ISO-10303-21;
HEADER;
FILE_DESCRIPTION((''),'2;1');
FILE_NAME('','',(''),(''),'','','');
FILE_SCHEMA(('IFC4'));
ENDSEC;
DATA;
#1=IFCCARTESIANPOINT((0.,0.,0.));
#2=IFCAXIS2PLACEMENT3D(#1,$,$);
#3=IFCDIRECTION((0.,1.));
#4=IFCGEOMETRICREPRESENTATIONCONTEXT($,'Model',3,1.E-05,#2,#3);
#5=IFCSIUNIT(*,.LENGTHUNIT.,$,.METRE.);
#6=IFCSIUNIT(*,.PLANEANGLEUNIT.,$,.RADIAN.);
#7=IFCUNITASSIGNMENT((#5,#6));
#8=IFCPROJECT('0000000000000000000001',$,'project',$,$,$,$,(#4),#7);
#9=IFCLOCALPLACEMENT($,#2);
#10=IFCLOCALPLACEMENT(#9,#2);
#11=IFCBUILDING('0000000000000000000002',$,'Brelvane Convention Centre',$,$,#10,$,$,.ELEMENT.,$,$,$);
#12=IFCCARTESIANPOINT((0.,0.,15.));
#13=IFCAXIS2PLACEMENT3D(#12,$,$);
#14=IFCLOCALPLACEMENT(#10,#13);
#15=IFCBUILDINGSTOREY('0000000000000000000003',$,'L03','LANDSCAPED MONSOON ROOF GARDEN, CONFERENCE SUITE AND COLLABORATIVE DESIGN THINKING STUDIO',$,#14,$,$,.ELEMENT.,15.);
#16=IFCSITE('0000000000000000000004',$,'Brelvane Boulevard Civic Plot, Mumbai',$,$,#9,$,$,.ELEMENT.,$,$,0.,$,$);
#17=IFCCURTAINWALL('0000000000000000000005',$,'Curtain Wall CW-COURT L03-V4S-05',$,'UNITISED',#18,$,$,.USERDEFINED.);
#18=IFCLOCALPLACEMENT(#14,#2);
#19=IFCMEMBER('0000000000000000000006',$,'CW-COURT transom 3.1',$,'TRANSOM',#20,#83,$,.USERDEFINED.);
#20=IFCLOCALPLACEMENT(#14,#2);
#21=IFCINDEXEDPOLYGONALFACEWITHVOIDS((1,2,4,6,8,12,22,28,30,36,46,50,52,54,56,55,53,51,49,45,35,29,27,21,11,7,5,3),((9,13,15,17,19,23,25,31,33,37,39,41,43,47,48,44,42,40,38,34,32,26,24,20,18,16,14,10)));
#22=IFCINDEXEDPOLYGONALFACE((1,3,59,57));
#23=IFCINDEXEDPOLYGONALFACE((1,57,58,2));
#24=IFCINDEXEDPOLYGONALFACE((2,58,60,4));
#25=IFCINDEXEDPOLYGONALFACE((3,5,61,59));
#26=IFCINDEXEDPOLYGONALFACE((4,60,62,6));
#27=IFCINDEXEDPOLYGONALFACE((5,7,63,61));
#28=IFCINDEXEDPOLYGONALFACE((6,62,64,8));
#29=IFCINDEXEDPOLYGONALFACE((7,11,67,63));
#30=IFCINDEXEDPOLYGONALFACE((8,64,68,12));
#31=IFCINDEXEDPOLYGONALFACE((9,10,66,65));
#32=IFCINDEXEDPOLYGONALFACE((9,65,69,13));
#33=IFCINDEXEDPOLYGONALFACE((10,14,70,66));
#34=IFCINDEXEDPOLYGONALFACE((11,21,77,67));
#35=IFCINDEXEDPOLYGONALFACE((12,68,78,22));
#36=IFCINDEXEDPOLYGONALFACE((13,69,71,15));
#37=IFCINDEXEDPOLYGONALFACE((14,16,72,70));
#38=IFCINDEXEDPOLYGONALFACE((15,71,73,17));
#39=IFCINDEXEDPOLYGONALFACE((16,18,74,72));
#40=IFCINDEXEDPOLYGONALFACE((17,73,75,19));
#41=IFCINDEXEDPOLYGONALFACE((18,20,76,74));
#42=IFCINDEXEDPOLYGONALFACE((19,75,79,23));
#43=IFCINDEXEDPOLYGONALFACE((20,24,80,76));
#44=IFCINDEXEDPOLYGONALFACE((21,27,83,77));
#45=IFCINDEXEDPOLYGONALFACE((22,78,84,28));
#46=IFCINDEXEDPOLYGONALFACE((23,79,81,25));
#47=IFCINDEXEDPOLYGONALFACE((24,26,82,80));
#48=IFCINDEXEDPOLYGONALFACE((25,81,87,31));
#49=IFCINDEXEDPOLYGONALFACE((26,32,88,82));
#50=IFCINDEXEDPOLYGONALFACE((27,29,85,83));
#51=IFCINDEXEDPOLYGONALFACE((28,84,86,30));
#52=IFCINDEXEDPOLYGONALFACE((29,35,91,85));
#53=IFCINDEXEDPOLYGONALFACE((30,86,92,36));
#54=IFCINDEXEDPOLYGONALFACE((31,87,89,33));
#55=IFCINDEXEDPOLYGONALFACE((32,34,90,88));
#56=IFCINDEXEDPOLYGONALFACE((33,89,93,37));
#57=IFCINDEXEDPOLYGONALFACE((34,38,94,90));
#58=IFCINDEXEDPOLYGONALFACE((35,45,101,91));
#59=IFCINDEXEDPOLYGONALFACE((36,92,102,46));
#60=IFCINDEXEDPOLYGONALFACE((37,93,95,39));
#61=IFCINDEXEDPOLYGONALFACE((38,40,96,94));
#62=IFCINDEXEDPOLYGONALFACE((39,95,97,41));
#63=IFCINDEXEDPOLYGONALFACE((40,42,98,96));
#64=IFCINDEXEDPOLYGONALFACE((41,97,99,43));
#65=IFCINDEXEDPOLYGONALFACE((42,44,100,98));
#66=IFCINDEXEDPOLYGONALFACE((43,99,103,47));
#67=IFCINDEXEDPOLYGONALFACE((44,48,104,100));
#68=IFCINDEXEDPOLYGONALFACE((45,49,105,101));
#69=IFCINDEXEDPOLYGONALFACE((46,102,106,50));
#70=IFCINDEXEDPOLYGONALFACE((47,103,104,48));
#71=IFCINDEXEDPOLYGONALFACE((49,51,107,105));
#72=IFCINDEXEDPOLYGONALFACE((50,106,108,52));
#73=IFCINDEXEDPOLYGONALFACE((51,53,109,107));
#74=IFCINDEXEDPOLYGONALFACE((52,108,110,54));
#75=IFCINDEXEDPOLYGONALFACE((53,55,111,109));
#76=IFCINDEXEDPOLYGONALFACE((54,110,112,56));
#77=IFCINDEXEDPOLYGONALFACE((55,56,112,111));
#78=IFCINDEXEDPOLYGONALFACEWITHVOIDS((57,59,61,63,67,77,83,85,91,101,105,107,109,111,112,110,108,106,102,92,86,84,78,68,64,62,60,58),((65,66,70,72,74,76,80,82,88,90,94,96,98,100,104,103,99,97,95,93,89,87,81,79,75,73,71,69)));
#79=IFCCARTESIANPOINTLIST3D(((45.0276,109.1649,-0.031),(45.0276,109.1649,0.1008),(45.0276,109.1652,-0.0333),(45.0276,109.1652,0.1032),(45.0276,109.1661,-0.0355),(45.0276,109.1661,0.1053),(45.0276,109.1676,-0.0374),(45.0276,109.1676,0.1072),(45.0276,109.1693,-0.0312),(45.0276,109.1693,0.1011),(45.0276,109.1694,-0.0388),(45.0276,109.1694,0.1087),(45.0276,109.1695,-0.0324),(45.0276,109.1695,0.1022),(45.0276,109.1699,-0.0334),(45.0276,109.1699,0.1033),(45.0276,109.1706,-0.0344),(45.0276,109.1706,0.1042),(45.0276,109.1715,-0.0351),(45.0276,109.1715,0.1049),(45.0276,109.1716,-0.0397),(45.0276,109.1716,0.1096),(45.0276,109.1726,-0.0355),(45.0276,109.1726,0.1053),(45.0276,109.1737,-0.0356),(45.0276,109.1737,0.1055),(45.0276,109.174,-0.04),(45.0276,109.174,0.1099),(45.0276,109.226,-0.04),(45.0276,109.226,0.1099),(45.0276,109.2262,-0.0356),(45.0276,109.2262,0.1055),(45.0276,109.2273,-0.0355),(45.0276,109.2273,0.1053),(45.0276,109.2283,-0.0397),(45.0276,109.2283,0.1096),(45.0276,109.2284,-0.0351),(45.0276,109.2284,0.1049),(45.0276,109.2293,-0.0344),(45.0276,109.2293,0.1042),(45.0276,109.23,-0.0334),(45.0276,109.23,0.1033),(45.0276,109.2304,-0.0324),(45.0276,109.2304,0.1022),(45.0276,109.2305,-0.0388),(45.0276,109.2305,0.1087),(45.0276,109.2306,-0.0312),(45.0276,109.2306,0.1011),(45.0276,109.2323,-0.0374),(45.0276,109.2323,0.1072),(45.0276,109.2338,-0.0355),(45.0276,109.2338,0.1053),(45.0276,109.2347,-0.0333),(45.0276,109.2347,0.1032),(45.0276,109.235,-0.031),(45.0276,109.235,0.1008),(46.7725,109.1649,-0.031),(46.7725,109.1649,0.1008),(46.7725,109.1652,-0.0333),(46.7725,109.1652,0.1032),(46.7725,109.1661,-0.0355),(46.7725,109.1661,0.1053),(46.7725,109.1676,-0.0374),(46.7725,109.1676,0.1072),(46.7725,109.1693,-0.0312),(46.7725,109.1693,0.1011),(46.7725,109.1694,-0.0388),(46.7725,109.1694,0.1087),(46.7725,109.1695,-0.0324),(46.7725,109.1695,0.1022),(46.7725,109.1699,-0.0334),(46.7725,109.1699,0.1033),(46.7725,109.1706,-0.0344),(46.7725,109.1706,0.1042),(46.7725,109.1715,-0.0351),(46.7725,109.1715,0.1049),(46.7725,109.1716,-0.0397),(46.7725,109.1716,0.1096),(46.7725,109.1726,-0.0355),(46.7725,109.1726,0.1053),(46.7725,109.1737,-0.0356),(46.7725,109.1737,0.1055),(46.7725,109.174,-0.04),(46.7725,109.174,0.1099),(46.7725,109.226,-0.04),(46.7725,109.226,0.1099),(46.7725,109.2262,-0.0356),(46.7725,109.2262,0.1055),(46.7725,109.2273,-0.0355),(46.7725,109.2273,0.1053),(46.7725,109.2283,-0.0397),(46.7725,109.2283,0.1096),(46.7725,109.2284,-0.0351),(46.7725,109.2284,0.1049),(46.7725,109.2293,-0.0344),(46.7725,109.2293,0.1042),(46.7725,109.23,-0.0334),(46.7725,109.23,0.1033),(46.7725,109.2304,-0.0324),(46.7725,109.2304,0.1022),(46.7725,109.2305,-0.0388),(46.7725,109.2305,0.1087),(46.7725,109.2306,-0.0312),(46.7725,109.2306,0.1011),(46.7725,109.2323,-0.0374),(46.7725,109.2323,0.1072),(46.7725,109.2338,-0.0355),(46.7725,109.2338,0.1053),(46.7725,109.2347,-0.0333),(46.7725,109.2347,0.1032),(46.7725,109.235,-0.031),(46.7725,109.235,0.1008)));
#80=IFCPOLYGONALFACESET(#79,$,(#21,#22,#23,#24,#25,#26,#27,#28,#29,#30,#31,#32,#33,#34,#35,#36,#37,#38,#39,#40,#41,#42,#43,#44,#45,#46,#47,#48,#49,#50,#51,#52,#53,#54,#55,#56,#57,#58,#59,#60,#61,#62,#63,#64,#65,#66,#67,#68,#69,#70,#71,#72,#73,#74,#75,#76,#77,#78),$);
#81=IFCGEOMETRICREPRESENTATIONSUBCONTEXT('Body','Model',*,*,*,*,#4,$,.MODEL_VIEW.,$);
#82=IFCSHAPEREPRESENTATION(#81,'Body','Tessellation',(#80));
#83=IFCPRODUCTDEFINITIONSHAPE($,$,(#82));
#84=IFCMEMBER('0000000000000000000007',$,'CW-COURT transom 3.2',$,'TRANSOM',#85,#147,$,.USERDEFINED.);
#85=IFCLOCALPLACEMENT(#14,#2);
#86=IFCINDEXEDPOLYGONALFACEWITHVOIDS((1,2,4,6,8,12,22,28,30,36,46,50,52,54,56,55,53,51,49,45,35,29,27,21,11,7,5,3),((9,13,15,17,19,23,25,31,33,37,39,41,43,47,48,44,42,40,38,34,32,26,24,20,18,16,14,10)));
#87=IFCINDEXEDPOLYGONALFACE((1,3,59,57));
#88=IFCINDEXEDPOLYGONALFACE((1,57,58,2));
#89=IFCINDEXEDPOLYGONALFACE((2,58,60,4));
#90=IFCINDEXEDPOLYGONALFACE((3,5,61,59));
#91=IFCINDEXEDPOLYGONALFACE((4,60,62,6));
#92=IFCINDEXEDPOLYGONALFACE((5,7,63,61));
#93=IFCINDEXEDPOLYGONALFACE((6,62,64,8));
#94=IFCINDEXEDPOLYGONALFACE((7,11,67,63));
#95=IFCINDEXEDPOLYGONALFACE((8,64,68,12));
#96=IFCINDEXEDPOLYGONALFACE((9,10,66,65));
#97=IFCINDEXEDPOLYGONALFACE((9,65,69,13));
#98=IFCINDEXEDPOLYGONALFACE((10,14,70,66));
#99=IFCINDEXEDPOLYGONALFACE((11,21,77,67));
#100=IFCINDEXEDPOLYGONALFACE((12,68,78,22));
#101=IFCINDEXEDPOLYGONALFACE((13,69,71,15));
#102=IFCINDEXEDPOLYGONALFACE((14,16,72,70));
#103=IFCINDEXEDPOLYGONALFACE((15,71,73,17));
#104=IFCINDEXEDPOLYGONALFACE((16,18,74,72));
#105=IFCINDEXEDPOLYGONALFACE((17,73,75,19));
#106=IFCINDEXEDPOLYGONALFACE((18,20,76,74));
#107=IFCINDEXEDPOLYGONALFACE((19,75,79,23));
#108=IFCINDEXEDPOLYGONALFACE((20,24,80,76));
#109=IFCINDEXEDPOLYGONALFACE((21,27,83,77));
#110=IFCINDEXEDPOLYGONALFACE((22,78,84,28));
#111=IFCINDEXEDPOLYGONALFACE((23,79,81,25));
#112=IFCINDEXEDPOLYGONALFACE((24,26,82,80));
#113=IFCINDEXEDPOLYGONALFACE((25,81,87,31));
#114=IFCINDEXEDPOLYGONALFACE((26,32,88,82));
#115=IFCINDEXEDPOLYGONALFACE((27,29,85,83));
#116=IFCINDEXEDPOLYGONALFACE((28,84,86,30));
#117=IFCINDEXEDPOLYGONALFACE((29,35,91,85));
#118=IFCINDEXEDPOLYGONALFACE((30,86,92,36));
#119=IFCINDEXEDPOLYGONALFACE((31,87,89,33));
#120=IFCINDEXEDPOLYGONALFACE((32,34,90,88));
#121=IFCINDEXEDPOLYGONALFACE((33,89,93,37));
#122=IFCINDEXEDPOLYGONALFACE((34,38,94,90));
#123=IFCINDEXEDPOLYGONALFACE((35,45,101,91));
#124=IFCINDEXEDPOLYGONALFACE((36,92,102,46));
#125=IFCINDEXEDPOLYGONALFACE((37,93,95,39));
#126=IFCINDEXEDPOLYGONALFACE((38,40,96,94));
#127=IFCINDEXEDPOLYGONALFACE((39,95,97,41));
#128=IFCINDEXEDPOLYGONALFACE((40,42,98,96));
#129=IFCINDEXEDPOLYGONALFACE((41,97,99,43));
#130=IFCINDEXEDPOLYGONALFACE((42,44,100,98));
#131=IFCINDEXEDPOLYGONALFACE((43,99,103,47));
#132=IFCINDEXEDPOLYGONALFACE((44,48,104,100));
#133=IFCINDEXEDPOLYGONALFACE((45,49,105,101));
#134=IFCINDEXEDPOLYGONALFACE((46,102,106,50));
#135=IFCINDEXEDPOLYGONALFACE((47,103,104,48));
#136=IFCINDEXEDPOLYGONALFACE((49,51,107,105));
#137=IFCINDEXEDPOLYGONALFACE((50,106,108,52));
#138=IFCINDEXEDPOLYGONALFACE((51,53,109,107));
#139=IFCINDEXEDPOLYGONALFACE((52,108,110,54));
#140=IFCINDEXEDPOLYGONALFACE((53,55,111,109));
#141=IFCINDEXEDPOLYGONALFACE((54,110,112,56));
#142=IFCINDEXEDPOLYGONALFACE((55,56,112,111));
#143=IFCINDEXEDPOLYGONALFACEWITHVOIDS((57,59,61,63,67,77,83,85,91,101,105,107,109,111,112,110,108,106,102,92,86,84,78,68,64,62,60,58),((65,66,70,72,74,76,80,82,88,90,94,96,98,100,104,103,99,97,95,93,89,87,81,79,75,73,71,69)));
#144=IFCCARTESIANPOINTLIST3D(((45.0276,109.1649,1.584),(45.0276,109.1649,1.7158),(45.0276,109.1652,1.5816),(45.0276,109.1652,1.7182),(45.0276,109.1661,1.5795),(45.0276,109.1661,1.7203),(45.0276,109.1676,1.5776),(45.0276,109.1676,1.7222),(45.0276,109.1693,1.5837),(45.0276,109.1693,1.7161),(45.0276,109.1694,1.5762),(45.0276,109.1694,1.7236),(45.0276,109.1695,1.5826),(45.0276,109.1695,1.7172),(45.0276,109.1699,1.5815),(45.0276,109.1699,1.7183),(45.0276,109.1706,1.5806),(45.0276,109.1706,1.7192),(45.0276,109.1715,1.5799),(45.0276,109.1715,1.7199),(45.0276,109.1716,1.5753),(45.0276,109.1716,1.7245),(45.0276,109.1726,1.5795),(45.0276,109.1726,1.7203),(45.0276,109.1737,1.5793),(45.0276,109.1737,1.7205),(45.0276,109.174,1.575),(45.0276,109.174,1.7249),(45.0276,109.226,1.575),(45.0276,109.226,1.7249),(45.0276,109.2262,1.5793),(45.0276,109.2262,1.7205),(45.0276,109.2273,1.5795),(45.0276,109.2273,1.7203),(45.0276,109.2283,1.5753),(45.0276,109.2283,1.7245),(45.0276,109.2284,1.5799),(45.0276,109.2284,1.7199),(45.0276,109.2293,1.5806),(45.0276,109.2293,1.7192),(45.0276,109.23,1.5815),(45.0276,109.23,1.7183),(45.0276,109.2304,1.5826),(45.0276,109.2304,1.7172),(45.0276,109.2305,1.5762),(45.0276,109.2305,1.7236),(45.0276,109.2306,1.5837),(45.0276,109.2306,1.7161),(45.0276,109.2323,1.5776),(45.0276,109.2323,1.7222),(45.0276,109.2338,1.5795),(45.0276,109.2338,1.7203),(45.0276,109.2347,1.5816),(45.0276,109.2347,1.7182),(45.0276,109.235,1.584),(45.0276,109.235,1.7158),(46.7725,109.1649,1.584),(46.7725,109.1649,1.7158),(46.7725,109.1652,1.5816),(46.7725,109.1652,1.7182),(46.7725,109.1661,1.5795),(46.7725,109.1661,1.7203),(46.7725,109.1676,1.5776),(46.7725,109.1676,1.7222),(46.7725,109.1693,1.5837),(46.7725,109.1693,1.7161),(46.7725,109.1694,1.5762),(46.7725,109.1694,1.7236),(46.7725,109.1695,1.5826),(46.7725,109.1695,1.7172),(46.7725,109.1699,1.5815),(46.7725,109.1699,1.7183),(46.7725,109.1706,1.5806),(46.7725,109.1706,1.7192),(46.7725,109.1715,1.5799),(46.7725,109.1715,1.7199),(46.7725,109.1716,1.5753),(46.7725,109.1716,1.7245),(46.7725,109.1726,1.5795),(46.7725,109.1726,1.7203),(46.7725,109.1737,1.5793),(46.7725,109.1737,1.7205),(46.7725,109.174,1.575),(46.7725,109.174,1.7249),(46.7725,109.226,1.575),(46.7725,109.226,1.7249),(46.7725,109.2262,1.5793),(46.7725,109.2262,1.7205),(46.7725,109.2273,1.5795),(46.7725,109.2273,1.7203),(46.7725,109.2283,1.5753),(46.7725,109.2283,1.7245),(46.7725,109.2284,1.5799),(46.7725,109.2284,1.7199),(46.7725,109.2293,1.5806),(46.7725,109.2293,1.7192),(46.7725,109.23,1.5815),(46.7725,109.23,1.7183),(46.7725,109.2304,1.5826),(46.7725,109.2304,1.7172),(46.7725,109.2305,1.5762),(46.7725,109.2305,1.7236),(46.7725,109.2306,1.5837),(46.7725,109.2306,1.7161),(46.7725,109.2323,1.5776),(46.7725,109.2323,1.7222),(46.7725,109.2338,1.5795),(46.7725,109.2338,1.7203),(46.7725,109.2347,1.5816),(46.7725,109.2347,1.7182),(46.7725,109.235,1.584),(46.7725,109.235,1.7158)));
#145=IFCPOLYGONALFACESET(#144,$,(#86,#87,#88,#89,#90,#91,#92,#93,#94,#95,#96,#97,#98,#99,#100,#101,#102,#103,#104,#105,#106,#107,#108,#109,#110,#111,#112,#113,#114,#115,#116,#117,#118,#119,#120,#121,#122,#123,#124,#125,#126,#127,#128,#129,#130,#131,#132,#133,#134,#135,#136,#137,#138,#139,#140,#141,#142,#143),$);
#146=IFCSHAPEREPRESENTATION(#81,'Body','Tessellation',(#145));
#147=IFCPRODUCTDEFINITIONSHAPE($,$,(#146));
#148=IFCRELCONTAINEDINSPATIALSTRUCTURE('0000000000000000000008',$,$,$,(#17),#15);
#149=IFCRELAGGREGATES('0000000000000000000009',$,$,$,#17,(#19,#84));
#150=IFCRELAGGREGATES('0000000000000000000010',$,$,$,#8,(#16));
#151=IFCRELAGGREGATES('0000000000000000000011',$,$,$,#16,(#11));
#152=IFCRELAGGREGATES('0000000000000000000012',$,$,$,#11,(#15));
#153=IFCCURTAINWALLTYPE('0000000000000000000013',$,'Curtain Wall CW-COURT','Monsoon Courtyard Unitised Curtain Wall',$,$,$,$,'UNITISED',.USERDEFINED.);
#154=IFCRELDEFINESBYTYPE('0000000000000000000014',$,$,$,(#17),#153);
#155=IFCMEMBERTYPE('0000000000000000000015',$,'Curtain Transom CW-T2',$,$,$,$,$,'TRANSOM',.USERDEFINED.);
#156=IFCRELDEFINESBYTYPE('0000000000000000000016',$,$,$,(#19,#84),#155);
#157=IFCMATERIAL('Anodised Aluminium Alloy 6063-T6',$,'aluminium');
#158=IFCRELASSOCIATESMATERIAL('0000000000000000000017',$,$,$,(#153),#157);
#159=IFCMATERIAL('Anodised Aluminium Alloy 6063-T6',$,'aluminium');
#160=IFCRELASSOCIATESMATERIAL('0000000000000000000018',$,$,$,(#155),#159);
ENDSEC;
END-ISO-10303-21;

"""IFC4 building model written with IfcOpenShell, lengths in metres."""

from ifc_helpers import new_model, si_unit, direction, frame, origin, origin_2d, place, context, subcontext, project, spatial, hollow_rectangle, extrude, material, material_profile, profile_set, type_object, element, aggregate, save


model = new_model("IFC4")

# Units and contexts
model_context = context("Model", 3, precision=1e-05, world=origin(), true_north=direction((0.0, 1.0)))
body_context = subcontext(model_context, "Body", "Model", "MODEL_VIEW")
ifc_project = project(units=[si_unit("LENGTHUNIT", "METRE"), si_unit("PLANEANGLEUNIT", "RADIAN")], contexts=[model_context])

# Site, building, storey
site_placement = place(None, origin())
site = spatial("IfcSite", under=ifc_project, at=site_placement, Name="Brelvane Boulevard Civic Plot, Mumbai", CompositionType="ELEMENT", RefElevation=0.0)
building_placement = place(site_placement, origin())
building = spatial("IfcBuilding", under=site, at=building_placement, Name="Brelvane Convention Centre", CompositionType="ELEMENT")
storey_placement = place(building_placement, frame((0.0, 0.0, 15.0)))
storey = spatial("IfcBuildingStorey", under=building, at=storey_placement, Name="L03", Description="LANDSCAPED MONSOON ROOF GARDEN, CONFERENCE SUITE AND COLLABORATIVE DESIGN THINKING STUDIO", CompositionType="ELEMENT", Elevation=15.0)

# Curtain wall, members
ifc_material_1 = material(Name="Anodised Aluminium Alloy 6063-T6", Category="aluminium")
curtain_wall_type = type_object("IfcCurtainWallType", Name="Curtain Wall CW-COURT", Description="Monsoon Courtyard Unitised Curtain Wall", ElementType="UNITISED", PredefinedType="USERDEFINED", material=ifc_material_1)
curtain_wall_placement = place(storey_placement, origin())
curtain_wall = element("IfcCurtainWall", 1, at=curtain_wall_placement, inside=storey, type_object=curtain_wall_type, Name="Curtain Wall CW-COURT L03-V4S-05", ObjectType="UNITISED", PredefinedType="USERDEFINED")
ifc_material_2 = material(Name="Anodised Aluminium Alloy 6063-T6", Category="aluminium")
ifc_material_profile_1 = material_profile(ifc_material_2, hollow_rectangle(XDim=0.0701, YDim=0.1499, WallThickness=0.0044, InnerFilletRadius=0.0044, OuterFilletRadius=0.009, at=origin_2d()), Name="ALU-T 150x70x4.5")
ifc_profile_set_1 = profile_set([ifc_material_profile_1], Name="Anodised Aluminium Alloy 6063-T6")
member_type_1 = type_object("IfcMemberType", Name="Curtain Transom CW-T2", ElementType="TRANSOM", PredefinedType="USERDEFINED", material=ifc_profile_set_1)
member_1_placement = place(storey_placement, frame((45.0276, 109.2, 0.0349), z_axis=(1.0, 0.0, 0.0), x_axis=(0.0, 1.0, 0.0)))
member_1 = element("IfcMember", 2, at=member_1_placement, type_object=member_type_1, Name="CW-COURT transom 3.1", ObjectType="TRANSOM", PredefinedType="USERDEFINED", context=body_context, shape_type="SweptSolid", body=[
    extrude(hollow_rectangle(XDim=0.0701, YDim=0.1499, WallThickness=0.0044, InnerFilletRadius=0.0044, OuterFilletRadius=0.009, at=origin_2d()), origin(), (0.0, 0.0, 1.0), 1.7449),
])
member_2_placement = place(storey_placement, frame((45.0276, 109.2, 1.6499), z_axis=(1.0, 0.0, 0.0), x_axis=(0.0, 1.0, 0.0)))
member_2 = element("IfcMember", 3, at=member_2_placement, type_object=member_type_1, Name="CW-COURT transom 3.2", ObjectType="TRANSOM", PredefinedType="USERDEFINED", context=body_context, shape_type="SweptSolid", body=[
    extrude(hollow_rectangle(XDim=0.0701, YDim=0.1499, WallThickness=0.0044, InnerFilletRadius=0.0044, OuterFilletRadius=0.009, at=origin_2d()), origin(), (0.0, 0.0, 1.0), 1.7449),
])

aggregate(curtain_wall, [member_1, member_2])

save(model, "model.ifc")
